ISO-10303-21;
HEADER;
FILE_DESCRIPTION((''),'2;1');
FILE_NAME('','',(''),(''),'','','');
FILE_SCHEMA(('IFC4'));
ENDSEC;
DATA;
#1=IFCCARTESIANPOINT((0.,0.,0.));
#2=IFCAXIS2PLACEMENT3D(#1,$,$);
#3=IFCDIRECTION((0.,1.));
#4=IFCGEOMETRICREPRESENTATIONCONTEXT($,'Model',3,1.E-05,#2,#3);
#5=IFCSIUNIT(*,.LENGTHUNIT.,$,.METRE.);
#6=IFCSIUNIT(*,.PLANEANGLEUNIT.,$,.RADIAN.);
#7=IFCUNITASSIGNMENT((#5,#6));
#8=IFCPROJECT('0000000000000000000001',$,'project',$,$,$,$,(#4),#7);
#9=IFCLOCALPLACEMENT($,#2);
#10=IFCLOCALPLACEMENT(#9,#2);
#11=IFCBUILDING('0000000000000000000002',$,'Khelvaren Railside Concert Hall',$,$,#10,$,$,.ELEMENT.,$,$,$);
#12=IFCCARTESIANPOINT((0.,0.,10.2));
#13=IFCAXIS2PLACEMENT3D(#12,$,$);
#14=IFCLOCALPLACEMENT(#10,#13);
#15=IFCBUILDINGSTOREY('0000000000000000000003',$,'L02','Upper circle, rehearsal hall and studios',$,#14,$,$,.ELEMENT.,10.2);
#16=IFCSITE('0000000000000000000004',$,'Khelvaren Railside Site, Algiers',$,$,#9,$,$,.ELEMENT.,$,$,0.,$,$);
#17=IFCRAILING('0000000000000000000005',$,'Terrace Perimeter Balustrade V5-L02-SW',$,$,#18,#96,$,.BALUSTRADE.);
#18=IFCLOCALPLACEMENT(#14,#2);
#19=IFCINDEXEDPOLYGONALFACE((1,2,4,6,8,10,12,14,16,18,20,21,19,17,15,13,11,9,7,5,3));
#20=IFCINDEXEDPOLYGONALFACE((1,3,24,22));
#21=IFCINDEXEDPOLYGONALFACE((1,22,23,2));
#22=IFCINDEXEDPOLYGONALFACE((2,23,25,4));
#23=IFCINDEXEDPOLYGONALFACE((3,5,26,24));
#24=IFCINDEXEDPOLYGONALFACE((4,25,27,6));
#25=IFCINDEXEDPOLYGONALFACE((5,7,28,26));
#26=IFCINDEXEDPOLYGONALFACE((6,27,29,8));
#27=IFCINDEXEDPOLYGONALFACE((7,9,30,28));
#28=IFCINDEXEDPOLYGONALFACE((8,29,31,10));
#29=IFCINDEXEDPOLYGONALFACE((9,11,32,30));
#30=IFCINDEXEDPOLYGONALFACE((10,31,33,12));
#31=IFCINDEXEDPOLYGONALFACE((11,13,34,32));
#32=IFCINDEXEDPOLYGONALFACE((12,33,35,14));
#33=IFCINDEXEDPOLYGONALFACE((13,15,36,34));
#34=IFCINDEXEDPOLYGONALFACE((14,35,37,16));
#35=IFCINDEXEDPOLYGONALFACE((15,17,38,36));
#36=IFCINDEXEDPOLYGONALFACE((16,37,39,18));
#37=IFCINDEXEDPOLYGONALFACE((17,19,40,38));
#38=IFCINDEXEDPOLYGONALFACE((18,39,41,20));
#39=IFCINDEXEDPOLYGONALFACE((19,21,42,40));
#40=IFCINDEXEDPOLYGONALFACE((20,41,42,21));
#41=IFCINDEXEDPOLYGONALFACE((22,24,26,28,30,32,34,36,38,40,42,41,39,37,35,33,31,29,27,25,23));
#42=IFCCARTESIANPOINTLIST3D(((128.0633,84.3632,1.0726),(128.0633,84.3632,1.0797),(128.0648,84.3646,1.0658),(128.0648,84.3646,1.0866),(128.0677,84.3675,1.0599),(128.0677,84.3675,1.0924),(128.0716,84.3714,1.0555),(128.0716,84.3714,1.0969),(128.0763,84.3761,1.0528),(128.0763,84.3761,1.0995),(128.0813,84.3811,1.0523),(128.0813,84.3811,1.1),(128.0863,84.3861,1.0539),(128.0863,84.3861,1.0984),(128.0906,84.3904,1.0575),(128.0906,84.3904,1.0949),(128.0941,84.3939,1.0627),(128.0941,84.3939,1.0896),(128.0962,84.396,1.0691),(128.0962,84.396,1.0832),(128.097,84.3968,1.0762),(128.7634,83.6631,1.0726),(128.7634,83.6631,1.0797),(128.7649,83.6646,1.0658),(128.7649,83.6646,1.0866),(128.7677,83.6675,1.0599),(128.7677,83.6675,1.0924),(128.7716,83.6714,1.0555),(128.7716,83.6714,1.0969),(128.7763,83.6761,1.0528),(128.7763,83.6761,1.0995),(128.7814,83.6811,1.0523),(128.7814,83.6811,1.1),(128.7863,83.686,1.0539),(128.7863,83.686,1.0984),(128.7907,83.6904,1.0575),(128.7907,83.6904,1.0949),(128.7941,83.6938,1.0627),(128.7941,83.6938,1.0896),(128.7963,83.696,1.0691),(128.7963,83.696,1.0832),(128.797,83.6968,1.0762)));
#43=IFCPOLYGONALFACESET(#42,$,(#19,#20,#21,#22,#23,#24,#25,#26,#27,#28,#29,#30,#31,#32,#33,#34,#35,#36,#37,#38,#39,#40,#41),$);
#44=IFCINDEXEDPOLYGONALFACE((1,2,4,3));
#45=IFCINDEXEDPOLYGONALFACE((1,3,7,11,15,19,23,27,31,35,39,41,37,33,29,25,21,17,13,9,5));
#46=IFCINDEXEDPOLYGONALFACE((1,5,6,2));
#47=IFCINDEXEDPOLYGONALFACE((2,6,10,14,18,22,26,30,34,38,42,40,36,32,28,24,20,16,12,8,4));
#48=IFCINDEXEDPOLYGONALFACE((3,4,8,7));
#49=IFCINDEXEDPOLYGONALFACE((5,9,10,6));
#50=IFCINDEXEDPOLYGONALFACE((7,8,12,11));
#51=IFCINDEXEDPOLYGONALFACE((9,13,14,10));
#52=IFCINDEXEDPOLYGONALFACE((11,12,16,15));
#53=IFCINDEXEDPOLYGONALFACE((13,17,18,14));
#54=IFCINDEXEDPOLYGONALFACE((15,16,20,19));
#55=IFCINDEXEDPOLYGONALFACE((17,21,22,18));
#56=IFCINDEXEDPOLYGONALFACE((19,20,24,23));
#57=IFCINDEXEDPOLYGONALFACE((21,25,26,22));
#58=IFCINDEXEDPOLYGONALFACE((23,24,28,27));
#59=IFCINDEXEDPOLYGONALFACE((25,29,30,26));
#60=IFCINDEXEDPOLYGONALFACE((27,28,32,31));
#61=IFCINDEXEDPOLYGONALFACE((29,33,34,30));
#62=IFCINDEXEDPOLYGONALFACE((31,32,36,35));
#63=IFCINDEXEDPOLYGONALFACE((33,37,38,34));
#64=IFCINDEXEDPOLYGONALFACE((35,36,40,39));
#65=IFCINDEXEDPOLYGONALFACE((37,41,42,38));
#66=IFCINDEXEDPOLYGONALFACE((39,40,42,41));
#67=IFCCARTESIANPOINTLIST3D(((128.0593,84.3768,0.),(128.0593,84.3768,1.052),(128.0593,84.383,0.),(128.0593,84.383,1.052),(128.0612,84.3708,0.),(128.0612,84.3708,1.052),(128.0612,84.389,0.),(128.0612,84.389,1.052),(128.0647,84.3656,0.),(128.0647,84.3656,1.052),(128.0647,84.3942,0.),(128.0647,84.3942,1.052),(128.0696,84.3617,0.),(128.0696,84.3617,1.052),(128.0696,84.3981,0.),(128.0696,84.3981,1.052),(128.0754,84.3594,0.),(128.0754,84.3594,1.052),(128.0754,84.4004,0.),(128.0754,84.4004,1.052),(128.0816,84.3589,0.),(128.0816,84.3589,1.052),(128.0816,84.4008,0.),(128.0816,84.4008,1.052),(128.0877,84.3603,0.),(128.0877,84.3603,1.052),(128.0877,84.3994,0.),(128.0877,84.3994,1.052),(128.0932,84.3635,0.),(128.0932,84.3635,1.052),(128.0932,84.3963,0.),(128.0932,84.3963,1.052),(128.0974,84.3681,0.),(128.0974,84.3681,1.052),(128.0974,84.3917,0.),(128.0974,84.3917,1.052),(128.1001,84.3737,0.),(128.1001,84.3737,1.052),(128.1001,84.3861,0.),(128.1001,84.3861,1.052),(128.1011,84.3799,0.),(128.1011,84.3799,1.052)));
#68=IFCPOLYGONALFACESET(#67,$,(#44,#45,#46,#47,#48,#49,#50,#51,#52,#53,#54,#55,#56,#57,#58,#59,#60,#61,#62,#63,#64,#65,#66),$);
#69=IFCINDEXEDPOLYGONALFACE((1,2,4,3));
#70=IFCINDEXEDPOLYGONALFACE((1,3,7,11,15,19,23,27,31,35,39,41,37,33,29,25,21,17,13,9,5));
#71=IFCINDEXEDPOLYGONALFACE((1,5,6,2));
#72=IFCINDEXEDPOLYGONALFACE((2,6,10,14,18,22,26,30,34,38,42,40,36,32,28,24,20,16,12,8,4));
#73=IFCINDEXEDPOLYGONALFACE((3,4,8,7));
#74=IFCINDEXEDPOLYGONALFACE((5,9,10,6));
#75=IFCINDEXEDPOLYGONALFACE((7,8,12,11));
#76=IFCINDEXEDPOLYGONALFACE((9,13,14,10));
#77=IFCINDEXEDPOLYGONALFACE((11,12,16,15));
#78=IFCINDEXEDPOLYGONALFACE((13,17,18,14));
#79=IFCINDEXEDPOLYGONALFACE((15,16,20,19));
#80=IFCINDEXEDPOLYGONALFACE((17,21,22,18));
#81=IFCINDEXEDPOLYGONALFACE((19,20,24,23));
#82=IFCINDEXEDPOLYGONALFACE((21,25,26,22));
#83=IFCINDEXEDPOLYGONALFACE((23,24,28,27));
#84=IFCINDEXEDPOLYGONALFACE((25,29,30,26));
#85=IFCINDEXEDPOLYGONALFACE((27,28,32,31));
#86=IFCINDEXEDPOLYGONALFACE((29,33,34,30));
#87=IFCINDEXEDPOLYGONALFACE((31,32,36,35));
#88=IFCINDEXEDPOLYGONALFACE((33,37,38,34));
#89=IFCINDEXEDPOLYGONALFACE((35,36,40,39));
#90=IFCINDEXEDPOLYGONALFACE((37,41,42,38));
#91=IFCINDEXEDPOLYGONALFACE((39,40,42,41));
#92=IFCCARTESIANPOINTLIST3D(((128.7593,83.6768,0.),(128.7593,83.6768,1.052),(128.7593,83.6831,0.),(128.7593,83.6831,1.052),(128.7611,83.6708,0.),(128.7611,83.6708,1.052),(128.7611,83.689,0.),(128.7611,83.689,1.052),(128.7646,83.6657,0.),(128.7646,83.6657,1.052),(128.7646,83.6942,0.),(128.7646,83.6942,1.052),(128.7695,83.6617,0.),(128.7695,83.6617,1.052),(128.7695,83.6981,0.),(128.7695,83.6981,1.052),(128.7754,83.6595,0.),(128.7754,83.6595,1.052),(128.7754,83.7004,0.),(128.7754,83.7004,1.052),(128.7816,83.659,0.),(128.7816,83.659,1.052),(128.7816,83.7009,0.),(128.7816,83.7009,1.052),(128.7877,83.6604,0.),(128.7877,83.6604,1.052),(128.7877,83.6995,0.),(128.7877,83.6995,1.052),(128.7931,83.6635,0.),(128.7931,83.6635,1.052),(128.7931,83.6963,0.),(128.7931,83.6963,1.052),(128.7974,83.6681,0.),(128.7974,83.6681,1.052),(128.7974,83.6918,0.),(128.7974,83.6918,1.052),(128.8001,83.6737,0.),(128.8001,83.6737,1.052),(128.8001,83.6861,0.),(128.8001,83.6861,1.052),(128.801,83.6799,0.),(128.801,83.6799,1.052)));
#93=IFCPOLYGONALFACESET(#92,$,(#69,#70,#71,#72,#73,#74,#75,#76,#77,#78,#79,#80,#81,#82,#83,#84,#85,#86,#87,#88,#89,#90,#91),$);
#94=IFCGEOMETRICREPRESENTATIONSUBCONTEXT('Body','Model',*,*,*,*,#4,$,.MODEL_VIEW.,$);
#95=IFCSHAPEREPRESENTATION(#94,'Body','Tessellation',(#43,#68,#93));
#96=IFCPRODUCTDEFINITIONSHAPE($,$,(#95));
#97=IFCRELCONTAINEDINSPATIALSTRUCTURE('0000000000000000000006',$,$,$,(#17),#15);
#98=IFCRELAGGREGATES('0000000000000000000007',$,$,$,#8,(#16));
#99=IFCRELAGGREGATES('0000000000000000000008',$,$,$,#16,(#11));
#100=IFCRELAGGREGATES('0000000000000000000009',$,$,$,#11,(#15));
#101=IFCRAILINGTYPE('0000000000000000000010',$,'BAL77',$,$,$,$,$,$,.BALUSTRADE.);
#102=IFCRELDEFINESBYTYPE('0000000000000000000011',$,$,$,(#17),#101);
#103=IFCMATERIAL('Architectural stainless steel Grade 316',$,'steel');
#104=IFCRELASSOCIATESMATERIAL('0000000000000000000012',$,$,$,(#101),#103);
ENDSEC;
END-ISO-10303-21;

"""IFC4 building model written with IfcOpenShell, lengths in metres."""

from ifc_helpers import new_model, si_unit, direction, frame, origin, origin_2d, place, context, subcontext, project, spatial, circle, extrude, material, type_object, element, save


model = new_model("IFC4")

# Units and contexts
model_context = context("Model", 3, precision=1e-05, world=origin(), true_north=direction((0.0, 1.0)))
body_context = subcontext(model_context, "Body", "Model", "MODEL_VIEW")
ifc_project = project(units=[si_unit("LENGTHUNIT", "METRE"), si_unit("PLANEANGLEUNIT", "RADIAN")], contexts=[model_context])

# Site, building, storey
site_placement = place(None, origin())
site = spatial("IfcSite", under=ifc_project, at=site_placement, Name="Khelvaren Railside Site, Algiers", CompositionType="ELEMENT", RefElevation=0.0)
building_placement = place(site_placement, origin())
building = spatial("IfcBuilding", under=site, at=building_placement, Name="Khelvaren Railside Concert Hall", CompositionType="ELEMENT")
storey_placement = place(building_placement, frame((0.0, 0.0, 10.2)))
storey = spatial("IfcBuildingStorey", under=building, at=storey_placement, Name="L02", Description="Upper circle, rehearsal hall and studios", CompositionType="ELEMENT", Elevation=10.2)

# Railing
ifc_material_1 = material(Name="Architectural stainless steel Grade 316", Category="steel")
railing_type = type_object("IfcRailingType", Name="BAL77", PredefinedType="BALUSTRADE", material=ifc_material_1)
railing_1_placement = place(storey_placement, frame((128.0801, 84.3799, 0.0)))
element("IfcRailing", 1, at=railing_1_placement, inside=storey, type_object=railing_type, Name="Terrace Perimeter Balustrade V5-L02-SW", PredefinedType="BALUSTRADE", context=body_context, shape_type="SweptSolid", body=[
    extrude(circle(Radius=0.0239, at=origin_2d()), frame((0.0, 0.0, 1.0762), z_axis=(0.707107, -0.707107, 0.0), x_axis=(0.707107, 0.707107, 0.0)), (0.0, 0.0, 1.0), 0.99),
    extrude(circle(Radius=0.021, at=origin_2d()), origin(), (0.0, 0.0, 1.0), 1.052),
    extrude(circle(Radius=0.021, at=origin_2d()), frame((0.7, -0.7, 0.0)), (0.0, 0.0, 1.0), 1.052),
])

save(model, "model.ifc")
